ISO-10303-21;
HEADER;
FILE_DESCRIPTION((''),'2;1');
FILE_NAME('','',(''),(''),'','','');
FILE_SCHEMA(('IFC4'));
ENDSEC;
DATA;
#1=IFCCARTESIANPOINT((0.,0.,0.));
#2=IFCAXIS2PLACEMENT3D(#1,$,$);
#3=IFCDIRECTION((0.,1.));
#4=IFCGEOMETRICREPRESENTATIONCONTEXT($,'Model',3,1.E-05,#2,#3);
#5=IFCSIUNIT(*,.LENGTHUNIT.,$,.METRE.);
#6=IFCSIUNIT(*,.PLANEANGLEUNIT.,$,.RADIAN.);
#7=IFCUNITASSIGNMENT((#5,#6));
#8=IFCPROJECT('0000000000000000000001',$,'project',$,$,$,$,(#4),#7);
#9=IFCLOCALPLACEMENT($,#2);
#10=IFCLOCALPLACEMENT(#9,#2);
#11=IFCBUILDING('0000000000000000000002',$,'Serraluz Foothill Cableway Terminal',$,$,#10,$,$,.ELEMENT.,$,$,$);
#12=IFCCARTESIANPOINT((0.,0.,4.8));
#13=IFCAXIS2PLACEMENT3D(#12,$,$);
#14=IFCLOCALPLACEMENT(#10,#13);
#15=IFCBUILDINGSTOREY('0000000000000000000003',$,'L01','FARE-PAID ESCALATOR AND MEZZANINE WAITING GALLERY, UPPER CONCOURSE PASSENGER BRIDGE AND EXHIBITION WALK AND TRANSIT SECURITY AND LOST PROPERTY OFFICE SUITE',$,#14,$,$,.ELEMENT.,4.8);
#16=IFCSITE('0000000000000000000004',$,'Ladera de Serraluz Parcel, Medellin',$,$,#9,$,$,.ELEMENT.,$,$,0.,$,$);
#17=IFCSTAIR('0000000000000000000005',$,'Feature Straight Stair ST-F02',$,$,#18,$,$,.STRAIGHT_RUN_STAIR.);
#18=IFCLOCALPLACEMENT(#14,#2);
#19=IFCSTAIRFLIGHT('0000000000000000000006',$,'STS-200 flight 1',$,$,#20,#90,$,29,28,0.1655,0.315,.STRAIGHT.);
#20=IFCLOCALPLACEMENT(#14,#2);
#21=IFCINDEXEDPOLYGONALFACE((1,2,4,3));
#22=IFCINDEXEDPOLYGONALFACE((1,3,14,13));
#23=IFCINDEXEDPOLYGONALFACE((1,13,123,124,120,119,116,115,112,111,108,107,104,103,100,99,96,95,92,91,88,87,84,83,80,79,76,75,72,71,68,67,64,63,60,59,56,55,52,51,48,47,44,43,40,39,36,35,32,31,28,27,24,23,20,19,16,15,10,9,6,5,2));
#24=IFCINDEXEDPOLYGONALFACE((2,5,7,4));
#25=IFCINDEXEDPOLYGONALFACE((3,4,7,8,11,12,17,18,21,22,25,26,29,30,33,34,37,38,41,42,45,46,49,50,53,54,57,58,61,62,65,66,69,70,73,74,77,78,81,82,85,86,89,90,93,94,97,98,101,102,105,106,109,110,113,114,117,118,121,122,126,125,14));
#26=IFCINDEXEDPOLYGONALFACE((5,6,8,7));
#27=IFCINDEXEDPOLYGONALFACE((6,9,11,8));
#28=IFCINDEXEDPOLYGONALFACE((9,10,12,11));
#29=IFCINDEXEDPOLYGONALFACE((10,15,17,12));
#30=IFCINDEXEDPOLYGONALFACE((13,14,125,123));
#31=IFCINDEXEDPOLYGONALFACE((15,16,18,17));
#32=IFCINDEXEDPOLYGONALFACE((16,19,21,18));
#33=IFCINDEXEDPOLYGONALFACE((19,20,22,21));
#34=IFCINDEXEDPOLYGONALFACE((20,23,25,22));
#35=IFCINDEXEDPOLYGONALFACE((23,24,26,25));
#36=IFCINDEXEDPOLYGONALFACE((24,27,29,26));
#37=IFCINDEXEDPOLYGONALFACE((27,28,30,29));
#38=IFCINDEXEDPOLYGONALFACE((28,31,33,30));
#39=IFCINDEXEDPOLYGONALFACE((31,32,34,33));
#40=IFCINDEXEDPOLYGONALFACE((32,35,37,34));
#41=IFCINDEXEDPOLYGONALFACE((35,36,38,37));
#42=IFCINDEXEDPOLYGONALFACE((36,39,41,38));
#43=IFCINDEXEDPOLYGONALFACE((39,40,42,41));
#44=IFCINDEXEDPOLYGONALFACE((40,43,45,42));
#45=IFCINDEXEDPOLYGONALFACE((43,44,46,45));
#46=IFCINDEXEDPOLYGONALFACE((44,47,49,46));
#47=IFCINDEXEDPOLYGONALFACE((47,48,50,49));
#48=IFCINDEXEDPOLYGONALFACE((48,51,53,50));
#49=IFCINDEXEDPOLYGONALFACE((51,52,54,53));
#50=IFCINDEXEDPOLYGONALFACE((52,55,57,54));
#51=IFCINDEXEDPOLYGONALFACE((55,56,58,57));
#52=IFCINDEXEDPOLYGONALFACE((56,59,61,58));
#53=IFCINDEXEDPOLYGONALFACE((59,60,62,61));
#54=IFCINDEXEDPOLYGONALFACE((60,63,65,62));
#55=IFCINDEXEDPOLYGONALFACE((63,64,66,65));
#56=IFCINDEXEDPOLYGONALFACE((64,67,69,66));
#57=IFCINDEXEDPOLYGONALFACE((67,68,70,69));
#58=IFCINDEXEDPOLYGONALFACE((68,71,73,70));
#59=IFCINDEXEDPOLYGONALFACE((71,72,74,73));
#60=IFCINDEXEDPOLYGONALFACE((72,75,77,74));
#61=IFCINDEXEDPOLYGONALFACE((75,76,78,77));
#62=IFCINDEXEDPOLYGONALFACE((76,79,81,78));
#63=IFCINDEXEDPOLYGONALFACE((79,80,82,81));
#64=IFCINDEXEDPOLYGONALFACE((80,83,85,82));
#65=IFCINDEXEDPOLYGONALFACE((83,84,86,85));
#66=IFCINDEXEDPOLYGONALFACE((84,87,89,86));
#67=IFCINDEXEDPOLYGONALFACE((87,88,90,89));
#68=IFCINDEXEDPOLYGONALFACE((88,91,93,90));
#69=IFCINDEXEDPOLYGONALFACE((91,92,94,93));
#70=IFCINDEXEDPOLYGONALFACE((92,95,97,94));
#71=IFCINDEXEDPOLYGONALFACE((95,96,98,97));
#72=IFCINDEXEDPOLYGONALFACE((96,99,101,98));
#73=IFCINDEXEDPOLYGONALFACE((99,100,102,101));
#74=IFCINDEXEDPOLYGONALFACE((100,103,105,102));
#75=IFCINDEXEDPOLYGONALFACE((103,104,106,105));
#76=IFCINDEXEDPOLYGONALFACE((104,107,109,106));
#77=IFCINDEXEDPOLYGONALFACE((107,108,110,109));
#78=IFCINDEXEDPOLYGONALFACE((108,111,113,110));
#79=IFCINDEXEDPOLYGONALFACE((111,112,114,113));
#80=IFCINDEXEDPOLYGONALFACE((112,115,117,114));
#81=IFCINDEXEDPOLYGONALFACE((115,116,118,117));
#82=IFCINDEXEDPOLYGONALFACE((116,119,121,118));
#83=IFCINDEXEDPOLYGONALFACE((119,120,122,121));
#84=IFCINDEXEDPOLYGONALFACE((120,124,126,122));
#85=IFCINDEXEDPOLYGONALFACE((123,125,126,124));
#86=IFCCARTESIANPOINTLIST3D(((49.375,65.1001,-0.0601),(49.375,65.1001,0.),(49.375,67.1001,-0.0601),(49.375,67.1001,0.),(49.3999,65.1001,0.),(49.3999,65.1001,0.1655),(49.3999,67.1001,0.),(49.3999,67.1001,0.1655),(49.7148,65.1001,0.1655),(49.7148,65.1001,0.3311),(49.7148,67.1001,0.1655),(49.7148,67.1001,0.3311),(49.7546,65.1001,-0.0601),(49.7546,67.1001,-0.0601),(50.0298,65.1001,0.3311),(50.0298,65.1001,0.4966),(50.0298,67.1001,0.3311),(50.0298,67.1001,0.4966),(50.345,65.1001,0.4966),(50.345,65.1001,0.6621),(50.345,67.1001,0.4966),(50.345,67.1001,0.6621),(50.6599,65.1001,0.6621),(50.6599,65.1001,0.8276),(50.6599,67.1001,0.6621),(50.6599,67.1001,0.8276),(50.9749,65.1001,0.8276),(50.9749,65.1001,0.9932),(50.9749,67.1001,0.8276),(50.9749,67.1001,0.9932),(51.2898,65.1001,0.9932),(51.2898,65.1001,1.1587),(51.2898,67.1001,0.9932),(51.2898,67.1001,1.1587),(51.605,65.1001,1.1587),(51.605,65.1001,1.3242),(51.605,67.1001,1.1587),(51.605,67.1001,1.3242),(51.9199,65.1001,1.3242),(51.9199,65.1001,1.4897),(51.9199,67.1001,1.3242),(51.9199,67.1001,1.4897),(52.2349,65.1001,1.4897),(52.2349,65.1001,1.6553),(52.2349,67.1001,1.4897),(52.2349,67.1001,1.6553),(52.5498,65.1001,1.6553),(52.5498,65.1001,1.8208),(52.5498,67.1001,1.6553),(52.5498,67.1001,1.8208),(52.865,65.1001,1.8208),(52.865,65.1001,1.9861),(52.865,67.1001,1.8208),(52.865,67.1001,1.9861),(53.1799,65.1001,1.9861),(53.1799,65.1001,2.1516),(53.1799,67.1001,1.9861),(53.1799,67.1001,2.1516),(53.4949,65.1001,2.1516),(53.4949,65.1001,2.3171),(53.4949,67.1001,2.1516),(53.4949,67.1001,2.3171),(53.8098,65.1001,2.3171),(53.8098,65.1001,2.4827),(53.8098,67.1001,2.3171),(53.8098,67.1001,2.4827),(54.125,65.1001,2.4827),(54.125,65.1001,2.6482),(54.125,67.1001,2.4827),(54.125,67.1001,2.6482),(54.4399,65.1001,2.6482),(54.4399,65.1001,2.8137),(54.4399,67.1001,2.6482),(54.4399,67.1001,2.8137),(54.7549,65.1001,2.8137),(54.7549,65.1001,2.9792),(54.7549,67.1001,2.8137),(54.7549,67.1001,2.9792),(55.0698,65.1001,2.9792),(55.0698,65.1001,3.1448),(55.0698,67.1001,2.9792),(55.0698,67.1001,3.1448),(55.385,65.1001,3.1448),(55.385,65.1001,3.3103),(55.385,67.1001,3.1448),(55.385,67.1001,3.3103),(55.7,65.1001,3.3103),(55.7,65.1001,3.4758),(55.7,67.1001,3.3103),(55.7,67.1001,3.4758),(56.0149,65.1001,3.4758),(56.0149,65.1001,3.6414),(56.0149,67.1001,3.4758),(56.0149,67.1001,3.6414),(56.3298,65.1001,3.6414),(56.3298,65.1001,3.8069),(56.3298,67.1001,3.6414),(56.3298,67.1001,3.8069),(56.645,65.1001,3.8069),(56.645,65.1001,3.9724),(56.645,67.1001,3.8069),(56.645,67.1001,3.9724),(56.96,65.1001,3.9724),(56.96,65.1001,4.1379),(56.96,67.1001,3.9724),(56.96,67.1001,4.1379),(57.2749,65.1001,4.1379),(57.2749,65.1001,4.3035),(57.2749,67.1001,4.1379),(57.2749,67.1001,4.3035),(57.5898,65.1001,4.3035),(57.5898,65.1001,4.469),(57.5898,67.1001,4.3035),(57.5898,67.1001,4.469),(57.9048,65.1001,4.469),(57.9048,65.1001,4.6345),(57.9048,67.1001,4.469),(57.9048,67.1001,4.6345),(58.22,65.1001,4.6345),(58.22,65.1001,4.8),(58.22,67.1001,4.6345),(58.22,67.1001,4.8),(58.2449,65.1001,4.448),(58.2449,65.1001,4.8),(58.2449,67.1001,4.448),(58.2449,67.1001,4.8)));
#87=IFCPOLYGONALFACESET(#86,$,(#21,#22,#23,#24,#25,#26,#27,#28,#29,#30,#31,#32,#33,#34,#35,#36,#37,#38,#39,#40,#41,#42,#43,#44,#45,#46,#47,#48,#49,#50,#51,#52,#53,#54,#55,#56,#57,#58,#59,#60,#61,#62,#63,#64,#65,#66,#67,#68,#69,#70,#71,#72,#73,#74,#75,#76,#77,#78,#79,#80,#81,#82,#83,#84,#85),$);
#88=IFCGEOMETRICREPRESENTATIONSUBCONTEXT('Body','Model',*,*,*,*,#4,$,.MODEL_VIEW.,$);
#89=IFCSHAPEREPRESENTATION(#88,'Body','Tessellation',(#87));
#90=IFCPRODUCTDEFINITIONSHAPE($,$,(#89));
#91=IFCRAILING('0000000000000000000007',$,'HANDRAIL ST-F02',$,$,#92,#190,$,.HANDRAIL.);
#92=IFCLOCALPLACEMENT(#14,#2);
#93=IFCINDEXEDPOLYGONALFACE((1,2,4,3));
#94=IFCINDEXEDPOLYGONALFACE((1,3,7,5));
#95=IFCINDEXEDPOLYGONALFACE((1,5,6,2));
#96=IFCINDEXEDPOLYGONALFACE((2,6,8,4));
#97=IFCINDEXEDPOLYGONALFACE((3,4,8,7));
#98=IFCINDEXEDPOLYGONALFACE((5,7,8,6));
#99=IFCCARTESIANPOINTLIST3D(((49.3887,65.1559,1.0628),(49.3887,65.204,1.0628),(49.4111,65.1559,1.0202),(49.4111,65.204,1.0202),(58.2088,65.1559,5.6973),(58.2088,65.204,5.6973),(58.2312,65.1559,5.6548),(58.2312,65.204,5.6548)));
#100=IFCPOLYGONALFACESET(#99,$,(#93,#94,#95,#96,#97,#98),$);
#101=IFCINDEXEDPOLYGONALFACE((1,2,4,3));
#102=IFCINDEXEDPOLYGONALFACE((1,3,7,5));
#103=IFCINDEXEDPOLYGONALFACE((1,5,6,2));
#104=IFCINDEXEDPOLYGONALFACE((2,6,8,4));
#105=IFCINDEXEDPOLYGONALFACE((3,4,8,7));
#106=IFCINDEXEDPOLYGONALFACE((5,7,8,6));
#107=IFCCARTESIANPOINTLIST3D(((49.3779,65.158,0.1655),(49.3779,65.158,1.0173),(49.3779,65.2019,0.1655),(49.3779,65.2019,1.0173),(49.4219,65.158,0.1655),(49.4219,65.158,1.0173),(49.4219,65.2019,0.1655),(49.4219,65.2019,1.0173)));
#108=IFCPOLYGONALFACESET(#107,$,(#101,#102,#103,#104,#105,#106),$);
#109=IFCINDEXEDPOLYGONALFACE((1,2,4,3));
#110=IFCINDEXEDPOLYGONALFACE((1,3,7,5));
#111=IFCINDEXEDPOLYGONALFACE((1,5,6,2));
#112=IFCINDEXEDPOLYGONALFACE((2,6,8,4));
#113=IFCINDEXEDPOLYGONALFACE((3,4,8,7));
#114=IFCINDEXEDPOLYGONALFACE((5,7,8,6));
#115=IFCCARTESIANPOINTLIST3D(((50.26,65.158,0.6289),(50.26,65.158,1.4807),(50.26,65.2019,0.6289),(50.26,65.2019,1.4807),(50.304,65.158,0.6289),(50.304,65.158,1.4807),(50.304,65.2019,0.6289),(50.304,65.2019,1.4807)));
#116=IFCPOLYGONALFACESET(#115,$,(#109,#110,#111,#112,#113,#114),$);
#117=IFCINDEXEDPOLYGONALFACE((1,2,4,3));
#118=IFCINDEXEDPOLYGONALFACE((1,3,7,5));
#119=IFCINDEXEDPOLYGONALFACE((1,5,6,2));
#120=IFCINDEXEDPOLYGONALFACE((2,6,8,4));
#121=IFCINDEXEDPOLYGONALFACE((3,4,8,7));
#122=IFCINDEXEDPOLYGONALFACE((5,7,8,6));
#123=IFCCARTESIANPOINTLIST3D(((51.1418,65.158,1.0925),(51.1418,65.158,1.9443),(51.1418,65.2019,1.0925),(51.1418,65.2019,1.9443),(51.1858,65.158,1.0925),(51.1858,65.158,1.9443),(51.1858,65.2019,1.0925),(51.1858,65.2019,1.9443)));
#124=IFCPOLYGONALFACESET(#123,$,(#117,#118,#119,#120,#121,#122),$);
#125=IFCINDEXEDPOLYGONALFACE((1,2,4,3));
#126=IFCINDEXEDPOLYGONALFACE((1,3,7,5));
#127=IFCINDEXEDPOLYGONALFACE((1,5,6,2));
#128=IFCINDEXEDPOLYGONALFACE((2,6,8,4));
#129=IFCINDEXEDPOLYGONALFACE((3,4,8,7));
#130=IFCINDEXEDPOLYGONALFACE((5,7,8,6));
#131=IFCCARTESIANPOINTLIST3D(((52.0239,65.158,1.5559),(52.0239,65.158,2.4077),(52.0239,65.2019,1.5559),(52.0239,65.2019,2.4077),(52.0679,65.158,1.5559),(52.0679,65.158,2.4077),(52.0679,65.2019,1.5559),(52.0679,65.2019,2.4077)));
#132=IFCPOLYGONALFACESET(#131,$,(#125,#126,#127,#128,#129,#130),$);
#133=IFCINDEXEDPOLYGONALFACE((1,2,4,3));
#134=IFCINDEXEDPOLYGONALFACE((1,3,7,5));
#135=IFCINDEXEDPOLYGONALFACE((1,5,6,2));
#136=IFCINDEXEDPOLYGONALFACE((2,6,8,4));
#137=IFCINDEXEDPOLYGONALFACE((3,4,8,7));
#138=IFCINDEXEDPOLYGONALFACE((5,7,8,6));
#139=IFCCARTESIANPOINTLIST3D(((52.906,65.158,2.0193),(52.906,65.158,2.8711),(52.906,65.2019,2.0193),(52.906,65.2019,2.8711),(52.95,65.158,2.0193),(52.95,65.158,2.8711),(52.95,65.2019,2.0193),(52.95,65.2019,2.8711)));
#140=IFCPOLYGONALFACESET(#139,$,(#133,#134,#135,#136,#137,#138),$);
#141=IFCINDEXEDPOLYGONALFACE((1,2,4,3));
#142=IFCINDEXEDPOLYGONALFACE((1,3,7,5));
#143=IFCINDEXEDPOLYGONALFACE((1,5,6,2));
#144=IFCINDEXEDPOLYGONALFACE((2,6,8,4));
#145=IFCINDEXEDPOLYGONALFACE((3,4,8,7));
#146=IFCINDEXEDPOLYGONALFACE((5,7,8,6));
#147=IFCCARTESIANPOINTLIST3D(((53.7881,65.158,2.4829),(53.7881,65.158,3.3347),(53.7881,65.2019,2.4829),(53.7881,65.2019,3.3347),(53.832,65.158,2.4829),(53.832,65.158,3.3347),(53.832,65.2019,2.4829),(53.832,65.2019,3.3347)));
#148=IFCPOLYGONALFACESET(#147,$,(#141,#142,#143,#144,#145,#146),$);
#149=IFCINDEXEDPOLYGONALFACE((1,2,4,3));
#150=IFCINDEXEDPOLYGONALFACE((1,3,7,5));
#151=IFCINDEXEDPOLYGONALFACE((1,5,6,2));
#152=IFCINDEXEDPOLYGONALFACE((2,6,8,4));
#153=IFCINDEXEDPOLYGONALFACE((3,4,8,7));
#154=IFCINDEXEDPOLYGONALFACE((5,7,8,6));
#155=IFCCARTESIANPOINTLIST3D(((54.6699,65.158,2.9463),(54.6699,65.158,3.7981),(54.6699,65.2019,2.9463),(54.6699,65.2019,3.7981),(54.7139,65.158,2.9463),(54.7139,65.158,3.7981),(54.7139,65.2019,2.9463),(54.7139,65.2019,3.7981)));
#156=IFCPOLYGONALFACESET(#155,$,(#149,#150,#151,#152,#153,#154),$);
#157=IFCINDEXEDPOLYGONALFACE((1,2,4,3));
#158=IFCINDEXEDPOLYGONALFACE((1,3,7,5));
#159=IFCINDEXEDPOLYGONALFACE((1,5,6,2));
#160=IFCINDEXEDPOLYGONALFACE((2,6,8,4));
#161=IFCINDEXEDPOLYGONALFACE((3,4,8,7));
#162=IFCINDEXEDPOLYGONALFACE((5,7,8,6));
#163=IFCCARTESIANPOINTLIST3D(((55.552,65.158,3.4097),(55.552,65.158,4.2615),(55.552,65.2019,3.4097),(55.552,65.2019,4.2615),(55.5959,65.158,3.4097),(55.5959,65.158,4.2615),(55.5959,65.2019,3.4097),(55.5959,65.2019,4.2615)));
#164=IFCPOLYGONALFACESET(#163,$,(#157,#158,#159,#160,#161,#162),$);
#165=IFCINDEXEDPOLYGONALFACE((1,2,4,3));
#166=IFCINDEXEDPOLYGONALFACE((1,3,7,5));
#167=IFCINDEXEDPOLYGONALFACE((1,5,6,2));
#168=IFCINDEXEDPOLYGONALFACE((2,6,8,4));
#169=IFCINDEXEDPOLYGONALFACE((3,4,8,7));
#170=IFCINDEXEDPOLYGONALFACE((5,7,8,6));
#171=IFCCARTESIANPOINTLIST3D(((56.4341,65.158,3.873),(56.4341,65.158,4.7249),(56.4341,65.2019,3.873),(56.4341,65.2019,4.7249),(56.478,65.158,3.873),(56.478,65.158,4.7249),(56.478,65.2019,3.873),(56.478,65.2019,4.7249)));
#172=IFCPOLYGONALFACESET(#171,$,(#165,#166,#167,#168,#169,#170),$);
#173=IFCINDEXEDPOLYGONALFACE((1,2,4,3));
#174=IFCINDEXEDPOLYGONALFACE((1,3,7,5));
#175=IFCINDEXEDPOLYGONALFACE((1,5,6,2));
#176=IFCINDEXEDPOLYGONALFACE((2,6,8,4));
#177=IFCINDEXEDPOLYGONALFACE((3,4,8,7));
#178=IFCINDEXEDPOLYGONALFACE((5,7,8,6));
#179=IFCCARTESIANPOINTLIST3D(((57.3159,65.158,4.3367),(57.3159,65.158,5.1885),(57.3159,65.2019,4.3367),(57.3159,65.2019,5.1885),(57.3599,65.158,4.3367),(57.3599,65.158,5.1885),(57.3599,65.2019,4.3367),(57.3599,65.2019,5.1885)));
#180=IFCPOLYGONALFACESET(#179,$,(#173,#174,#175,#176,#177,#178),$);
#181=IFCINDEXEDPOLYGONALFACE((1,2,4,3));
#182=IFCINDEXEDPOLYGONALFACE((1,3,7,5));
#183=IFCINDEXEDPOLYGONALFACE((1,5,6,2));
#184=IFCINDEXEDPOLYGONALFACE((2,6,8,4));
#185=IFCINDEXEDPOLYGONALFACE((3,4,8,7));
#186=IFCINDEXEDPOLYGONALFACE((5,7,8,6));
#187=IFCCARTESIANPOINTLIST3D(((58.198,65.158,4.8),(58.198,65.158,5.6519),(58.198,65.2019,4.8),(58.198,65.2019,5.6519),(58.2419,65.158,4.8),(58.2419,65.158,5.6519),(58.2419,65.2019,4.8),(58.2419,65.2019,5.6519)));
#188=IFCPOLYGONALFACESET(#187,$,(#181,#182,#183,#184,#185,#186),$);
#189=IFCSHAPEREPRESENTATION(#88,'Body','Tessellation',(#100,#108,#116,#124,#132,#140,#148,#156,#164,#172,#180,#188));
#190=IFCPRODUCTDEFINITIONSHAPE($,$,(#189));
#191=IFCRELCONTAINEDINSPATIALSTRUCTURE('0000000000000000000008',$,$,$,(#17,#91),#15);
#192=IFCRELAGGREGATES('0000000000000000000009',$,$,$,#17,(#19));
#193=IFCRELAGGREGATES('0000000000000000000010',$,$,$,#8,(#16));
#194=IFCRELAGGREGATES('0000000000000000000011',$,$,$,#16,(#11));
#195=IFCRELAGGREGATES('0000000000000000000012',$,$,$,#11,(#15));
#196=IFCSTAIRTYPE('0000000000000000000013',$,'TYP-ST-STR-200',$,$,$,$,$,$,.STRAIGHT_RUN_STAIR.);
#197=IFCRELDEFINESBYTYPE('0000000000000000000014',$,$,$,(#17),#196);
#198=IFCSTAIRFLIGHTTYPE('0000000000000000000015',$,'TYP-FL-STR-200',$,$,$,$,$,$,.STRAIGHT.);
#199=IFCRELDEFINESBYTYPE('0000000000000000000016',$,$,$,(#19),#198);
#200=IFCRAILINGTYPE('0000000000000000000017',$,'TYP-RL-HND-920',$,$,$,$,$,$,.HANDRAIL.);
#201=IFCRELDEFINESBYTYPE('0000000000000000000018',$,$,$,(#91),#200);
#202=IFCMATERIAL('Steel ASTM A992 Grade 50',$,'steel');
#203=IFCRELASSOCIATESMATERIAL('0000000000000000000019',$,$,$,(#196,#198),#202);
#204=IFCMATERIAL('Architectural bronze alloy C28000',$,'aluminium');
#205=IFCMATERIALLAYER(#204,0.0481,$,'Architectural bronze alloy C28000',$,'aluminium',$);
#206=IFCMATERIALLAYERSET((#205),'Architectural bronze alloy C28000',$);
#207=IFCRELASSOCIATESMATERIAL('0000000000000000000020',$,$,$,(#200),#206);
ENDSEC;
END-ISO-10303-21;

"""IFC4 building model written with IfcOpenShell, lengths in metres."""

from ifc_helpers import new_model, si_unit, direction, frame, origin, origin_2d, place, context, subcontext, project, spatial, polyline, rectangle, outline, extrude, material, layer, layer_set, type_object, element, aggregate, save


model = new_model("IFC4")

# Units and contexts
model_context = context("Model", 3, precision=1e-05, world=origin(), true_north=direction((0.0, 1.0)))
body_context = subcontext(model_context, "Body", "Model", "MODEL_VIEW")
ifc_project = project(units=[si_unit("LENGTHUNIT", "METRE"), si_unit("PLANEANGLEUNIT", "RADIAN")], contexts=[model_context])

# Site, building, storey
site_placement = place(None, origin())
site = spatial("IfcSite", under=ifc_project, at=site_placement, Name="Ladera de Serraluz Parcel, Medellin", CompositionType="ELEMENT", RefElevation=0.0)
building_placement = place(site_placement, origin())
building = spatial("IfcBuilding", under=site, at=building_placement, Name="Serraluz Foothill Cableway Terminal", CompositionType="ELEMENT")
storey_placement = place(building_placement, frame((0.0, 0.0, 4.8)))
storey = spatial("IfcBuildingStorey", under=building, at=storey_placement, Name="L01", Description="FARE-PAID ESCALATOR AND MEZZANINE WAITING GALLERY, UPPER CONCOURSE PASSENGER BRIDGE AND EXHIBITION WALK AND TRANSIT SECURITY AND LOST PROPERTY OFFICE SUITE", CompositionType="ELEMENT", Elevation=4.8)

# Shared definitions
ifc_material_1 = material(Name="Architectural bronze alloy C28000", Category="aluminium")

# Shared definitions
ifc_material_2 = material(Name="Steel ASTM A992 Grade 50", Category="steel")

# Stair, stair flight
stair_type = type_object("IfcStairType", Name="TYP-ST-STR-200", PredefinedType="STRAIGHT_RUN_STAIR", material=ifc_material_2)
stair_placement = place(storey_placement, origin())
stair = element("IfcStair", 1, at=stair_placement, inside=storey, type_object=stair_type, Name="Feature Straight Stair ST-F02", PredefinedType="STRAIGHT_RUN_STAIR")
stair_flight_type = type_object("IfcStairFlightType", Name="TYP-FL-STR-200", PredefinedType="STRAIGHT", material=ifc_material_2)
stair_flight_placement = place(storey_placement, frame((49.3999, 66.1001, 0.0), z_axis=(0.0, 0.0, 1.0), x_axis=(1.0, 0.0, 0.0)))
stair_flight = element("IfcStairFlight", 2, at=stair_flight_placement, type_object=stair_flight_type, Name="STS-200 flight 1", NumberOfRisers=29, NumberOfTreads=28, PredefinedType="STRAIGHT", RiserHeight=0.1655, TreadLength=0.315, context=body_context, shape_type="SweptSolid", body=[
    extrude(outline(polyline([(-0.0249, -0.0601), (-0.0249, 0.0), (0.0, 0.0), (0.0, 0.1655), (0.3149, 0.1655), (0.3149, 0.3311), (0.6299, 0.3311), (0.6299, 0.4966), (0.9451, 0.4966), (0.9451, 0.6621), (1.26, 0.6621), (1.26, 0.8276), (1.575, 0.8276), (1.575, 0.9932), (1.8899, 0.9932), (1.8899, 1.1587), (2.2051, 1.1587), (2.2051, 1.3242), (2.52, 1.3242), (2.52, 1.4897), (2.835, 1.4897), (2.835, 1.6553), (3.1499, 1.6553), (3.1499, 1.8208), (3.4651, 1.8208), (3.4651, 1.9861), (3.78, 1.9861), (3.78, 2.1516), (4.095, 2.1516), (4.095, 2.3171), (4.4099, 2.3171), (4.4099, 2.4827), (4.7251, 2.4827), (4.7251, 2.6482), (5.04, 2.6482), (5.04, 2.8137), (5.355, 2.8137), (5.355, 2.9792), (5.6699, 2.9792), (5.6699, 3.1448), (5.9851, 3.1448), (5.9851, 3.3103), (6.3, 3.3103), (6.3, 3.4758), (6.615, 3.4758), (6.615, 3.6414), (6.9299, 3.6414), (6.9299, 3.8069), (7.2451, 3.8069), (7.2451, 3.9724), (7.5601, 3.9724), (7.5601, 4.1379), (7.875, 4.1379), (7.875, 4.3035), (8.1899, 4.3035), (8.1899, 4.469), (8.5049, 4.469), (8.5049, 4.6345), (8.8201, 4.6345), (8.8201, 4.8), (8.845, 4.8), (8.845, 4.448), (0.3547, -0.0601), (-0.0249, -0.0601)])), frame((0.0, 1.0, 0.0), z_axis=(0.0, -1.0, 0.0), x_axis=(1.0, 0.0, 0.0)), (0.0, 0.0, 1.0), 2.0),
])
aggregate(stair, [stair_flight])

# Railing
ifc_layer_1 = layer(ifc_material_1, 0.0481, Name="Architectural bronze alloy C28000", Category="aluminium")
ifc_layer_set_1 = layer_set([ifc_layer_1], Name="Architectural bronze alloy C28000")
railing_type_1 = type_object("IfcRailingType", Name="TYP-RL-HND-920", PredefinedType="HANDRAIL", material=ifc_layer_set_1)
railing_1_placement = place(storey_placement, frame((49.3999, 65.1799, 0.1655)))
element("IfcRailing", 3, at=railing_1_placement, inside=storey, type_object=railing_type_1, Name="HANDRAIL ST-F02", PredefinedType="HANDRAIL", context=body_context, shape_type="SweptSolid", body=[
    extrude(rectangle(XDim=0.0481, YDim=0.0481, at=origin_2d()), frame((0.0, 0.0, 0.876), z_axis=(0.885233, 0.0, 0.465147), x_axis=(0.0, 1.0, 0.0)), (0.0, 0.0, 1.0), 9.9636),
    extrude(rectangle(XDim=0.0439, YDim=0.0439, at=origin_2d()), origin(), (0.0, 0.0, 1.0), 0.8518),
    extrude(rectangle(XDim=0.0439, YDim=0.0439, at=origin_2d()), frame((0.8821, 0.0, 0.4634)), (0.0, 0.0, 1.0), 0.8518),
    extrude(rectangle(XDim=0.0439, YDim=0.0439, at=origin_2d()), frame((1.7639, 0.0, 0.927)), (0.0, 0.0, 1.0), 0.8518),
    extrude(rectangle(XDim=0.0439, YDim=0.0439, at=origin_2d()), frame((2.646, 0.0, 1.3904)), (0.0, 0.0, 1.0), 0.8518),
    extrude(rectangle(XDim=0.0439, YDim=0.0439, at=origin_2d()), frame((3.5281, 0.0, 1.8538)), (0.0, 0.0, 1.0), 0.8518),
    extrude(rectangle(XDim=0.0439, YDim=0.0439, at=origin_2d()), frame((4.4102, 0.0, 2.3174)), (0.0, 0.0, 1.0), 0.8518),
    extrude(rectangle(XDim=0.0439, YDim=0.0439, at=origin_2d()), frame((5.292, 0.0, 2.7808)), (0.0, 0.0, 1.0), 0.8518),
    extrude(rectangle(XDim=0.0439, YDim=0.0439, at=origin_2d()), frame((6.1741, 0.0, 3.2441)), (0.0, 0.0, 1.0), 0.8518),
    extrude(rectangle(XDim=0.0439, YDim=0.0439, at=origin_2d()), frame((7.0562, 0.0, 3.7075)), (0.0, 0.0, 1.0), 0.8518),
    extrude(rectangle(XDim=0.0439, YDim=0.0439, at=origin_2d()), frame((7.938, 0.0, 4.1711)), (0.0, 0.0, 1.0), 0.8518),
    extrude(rectangle(XDim=0.0439, YDim=0.0439, at=origin_2d()), frame((8.8201, 0.0, 4.6345)), (0.0, 0.0, 1.0), 0.8518),
])

save(model, "model.ifc")
